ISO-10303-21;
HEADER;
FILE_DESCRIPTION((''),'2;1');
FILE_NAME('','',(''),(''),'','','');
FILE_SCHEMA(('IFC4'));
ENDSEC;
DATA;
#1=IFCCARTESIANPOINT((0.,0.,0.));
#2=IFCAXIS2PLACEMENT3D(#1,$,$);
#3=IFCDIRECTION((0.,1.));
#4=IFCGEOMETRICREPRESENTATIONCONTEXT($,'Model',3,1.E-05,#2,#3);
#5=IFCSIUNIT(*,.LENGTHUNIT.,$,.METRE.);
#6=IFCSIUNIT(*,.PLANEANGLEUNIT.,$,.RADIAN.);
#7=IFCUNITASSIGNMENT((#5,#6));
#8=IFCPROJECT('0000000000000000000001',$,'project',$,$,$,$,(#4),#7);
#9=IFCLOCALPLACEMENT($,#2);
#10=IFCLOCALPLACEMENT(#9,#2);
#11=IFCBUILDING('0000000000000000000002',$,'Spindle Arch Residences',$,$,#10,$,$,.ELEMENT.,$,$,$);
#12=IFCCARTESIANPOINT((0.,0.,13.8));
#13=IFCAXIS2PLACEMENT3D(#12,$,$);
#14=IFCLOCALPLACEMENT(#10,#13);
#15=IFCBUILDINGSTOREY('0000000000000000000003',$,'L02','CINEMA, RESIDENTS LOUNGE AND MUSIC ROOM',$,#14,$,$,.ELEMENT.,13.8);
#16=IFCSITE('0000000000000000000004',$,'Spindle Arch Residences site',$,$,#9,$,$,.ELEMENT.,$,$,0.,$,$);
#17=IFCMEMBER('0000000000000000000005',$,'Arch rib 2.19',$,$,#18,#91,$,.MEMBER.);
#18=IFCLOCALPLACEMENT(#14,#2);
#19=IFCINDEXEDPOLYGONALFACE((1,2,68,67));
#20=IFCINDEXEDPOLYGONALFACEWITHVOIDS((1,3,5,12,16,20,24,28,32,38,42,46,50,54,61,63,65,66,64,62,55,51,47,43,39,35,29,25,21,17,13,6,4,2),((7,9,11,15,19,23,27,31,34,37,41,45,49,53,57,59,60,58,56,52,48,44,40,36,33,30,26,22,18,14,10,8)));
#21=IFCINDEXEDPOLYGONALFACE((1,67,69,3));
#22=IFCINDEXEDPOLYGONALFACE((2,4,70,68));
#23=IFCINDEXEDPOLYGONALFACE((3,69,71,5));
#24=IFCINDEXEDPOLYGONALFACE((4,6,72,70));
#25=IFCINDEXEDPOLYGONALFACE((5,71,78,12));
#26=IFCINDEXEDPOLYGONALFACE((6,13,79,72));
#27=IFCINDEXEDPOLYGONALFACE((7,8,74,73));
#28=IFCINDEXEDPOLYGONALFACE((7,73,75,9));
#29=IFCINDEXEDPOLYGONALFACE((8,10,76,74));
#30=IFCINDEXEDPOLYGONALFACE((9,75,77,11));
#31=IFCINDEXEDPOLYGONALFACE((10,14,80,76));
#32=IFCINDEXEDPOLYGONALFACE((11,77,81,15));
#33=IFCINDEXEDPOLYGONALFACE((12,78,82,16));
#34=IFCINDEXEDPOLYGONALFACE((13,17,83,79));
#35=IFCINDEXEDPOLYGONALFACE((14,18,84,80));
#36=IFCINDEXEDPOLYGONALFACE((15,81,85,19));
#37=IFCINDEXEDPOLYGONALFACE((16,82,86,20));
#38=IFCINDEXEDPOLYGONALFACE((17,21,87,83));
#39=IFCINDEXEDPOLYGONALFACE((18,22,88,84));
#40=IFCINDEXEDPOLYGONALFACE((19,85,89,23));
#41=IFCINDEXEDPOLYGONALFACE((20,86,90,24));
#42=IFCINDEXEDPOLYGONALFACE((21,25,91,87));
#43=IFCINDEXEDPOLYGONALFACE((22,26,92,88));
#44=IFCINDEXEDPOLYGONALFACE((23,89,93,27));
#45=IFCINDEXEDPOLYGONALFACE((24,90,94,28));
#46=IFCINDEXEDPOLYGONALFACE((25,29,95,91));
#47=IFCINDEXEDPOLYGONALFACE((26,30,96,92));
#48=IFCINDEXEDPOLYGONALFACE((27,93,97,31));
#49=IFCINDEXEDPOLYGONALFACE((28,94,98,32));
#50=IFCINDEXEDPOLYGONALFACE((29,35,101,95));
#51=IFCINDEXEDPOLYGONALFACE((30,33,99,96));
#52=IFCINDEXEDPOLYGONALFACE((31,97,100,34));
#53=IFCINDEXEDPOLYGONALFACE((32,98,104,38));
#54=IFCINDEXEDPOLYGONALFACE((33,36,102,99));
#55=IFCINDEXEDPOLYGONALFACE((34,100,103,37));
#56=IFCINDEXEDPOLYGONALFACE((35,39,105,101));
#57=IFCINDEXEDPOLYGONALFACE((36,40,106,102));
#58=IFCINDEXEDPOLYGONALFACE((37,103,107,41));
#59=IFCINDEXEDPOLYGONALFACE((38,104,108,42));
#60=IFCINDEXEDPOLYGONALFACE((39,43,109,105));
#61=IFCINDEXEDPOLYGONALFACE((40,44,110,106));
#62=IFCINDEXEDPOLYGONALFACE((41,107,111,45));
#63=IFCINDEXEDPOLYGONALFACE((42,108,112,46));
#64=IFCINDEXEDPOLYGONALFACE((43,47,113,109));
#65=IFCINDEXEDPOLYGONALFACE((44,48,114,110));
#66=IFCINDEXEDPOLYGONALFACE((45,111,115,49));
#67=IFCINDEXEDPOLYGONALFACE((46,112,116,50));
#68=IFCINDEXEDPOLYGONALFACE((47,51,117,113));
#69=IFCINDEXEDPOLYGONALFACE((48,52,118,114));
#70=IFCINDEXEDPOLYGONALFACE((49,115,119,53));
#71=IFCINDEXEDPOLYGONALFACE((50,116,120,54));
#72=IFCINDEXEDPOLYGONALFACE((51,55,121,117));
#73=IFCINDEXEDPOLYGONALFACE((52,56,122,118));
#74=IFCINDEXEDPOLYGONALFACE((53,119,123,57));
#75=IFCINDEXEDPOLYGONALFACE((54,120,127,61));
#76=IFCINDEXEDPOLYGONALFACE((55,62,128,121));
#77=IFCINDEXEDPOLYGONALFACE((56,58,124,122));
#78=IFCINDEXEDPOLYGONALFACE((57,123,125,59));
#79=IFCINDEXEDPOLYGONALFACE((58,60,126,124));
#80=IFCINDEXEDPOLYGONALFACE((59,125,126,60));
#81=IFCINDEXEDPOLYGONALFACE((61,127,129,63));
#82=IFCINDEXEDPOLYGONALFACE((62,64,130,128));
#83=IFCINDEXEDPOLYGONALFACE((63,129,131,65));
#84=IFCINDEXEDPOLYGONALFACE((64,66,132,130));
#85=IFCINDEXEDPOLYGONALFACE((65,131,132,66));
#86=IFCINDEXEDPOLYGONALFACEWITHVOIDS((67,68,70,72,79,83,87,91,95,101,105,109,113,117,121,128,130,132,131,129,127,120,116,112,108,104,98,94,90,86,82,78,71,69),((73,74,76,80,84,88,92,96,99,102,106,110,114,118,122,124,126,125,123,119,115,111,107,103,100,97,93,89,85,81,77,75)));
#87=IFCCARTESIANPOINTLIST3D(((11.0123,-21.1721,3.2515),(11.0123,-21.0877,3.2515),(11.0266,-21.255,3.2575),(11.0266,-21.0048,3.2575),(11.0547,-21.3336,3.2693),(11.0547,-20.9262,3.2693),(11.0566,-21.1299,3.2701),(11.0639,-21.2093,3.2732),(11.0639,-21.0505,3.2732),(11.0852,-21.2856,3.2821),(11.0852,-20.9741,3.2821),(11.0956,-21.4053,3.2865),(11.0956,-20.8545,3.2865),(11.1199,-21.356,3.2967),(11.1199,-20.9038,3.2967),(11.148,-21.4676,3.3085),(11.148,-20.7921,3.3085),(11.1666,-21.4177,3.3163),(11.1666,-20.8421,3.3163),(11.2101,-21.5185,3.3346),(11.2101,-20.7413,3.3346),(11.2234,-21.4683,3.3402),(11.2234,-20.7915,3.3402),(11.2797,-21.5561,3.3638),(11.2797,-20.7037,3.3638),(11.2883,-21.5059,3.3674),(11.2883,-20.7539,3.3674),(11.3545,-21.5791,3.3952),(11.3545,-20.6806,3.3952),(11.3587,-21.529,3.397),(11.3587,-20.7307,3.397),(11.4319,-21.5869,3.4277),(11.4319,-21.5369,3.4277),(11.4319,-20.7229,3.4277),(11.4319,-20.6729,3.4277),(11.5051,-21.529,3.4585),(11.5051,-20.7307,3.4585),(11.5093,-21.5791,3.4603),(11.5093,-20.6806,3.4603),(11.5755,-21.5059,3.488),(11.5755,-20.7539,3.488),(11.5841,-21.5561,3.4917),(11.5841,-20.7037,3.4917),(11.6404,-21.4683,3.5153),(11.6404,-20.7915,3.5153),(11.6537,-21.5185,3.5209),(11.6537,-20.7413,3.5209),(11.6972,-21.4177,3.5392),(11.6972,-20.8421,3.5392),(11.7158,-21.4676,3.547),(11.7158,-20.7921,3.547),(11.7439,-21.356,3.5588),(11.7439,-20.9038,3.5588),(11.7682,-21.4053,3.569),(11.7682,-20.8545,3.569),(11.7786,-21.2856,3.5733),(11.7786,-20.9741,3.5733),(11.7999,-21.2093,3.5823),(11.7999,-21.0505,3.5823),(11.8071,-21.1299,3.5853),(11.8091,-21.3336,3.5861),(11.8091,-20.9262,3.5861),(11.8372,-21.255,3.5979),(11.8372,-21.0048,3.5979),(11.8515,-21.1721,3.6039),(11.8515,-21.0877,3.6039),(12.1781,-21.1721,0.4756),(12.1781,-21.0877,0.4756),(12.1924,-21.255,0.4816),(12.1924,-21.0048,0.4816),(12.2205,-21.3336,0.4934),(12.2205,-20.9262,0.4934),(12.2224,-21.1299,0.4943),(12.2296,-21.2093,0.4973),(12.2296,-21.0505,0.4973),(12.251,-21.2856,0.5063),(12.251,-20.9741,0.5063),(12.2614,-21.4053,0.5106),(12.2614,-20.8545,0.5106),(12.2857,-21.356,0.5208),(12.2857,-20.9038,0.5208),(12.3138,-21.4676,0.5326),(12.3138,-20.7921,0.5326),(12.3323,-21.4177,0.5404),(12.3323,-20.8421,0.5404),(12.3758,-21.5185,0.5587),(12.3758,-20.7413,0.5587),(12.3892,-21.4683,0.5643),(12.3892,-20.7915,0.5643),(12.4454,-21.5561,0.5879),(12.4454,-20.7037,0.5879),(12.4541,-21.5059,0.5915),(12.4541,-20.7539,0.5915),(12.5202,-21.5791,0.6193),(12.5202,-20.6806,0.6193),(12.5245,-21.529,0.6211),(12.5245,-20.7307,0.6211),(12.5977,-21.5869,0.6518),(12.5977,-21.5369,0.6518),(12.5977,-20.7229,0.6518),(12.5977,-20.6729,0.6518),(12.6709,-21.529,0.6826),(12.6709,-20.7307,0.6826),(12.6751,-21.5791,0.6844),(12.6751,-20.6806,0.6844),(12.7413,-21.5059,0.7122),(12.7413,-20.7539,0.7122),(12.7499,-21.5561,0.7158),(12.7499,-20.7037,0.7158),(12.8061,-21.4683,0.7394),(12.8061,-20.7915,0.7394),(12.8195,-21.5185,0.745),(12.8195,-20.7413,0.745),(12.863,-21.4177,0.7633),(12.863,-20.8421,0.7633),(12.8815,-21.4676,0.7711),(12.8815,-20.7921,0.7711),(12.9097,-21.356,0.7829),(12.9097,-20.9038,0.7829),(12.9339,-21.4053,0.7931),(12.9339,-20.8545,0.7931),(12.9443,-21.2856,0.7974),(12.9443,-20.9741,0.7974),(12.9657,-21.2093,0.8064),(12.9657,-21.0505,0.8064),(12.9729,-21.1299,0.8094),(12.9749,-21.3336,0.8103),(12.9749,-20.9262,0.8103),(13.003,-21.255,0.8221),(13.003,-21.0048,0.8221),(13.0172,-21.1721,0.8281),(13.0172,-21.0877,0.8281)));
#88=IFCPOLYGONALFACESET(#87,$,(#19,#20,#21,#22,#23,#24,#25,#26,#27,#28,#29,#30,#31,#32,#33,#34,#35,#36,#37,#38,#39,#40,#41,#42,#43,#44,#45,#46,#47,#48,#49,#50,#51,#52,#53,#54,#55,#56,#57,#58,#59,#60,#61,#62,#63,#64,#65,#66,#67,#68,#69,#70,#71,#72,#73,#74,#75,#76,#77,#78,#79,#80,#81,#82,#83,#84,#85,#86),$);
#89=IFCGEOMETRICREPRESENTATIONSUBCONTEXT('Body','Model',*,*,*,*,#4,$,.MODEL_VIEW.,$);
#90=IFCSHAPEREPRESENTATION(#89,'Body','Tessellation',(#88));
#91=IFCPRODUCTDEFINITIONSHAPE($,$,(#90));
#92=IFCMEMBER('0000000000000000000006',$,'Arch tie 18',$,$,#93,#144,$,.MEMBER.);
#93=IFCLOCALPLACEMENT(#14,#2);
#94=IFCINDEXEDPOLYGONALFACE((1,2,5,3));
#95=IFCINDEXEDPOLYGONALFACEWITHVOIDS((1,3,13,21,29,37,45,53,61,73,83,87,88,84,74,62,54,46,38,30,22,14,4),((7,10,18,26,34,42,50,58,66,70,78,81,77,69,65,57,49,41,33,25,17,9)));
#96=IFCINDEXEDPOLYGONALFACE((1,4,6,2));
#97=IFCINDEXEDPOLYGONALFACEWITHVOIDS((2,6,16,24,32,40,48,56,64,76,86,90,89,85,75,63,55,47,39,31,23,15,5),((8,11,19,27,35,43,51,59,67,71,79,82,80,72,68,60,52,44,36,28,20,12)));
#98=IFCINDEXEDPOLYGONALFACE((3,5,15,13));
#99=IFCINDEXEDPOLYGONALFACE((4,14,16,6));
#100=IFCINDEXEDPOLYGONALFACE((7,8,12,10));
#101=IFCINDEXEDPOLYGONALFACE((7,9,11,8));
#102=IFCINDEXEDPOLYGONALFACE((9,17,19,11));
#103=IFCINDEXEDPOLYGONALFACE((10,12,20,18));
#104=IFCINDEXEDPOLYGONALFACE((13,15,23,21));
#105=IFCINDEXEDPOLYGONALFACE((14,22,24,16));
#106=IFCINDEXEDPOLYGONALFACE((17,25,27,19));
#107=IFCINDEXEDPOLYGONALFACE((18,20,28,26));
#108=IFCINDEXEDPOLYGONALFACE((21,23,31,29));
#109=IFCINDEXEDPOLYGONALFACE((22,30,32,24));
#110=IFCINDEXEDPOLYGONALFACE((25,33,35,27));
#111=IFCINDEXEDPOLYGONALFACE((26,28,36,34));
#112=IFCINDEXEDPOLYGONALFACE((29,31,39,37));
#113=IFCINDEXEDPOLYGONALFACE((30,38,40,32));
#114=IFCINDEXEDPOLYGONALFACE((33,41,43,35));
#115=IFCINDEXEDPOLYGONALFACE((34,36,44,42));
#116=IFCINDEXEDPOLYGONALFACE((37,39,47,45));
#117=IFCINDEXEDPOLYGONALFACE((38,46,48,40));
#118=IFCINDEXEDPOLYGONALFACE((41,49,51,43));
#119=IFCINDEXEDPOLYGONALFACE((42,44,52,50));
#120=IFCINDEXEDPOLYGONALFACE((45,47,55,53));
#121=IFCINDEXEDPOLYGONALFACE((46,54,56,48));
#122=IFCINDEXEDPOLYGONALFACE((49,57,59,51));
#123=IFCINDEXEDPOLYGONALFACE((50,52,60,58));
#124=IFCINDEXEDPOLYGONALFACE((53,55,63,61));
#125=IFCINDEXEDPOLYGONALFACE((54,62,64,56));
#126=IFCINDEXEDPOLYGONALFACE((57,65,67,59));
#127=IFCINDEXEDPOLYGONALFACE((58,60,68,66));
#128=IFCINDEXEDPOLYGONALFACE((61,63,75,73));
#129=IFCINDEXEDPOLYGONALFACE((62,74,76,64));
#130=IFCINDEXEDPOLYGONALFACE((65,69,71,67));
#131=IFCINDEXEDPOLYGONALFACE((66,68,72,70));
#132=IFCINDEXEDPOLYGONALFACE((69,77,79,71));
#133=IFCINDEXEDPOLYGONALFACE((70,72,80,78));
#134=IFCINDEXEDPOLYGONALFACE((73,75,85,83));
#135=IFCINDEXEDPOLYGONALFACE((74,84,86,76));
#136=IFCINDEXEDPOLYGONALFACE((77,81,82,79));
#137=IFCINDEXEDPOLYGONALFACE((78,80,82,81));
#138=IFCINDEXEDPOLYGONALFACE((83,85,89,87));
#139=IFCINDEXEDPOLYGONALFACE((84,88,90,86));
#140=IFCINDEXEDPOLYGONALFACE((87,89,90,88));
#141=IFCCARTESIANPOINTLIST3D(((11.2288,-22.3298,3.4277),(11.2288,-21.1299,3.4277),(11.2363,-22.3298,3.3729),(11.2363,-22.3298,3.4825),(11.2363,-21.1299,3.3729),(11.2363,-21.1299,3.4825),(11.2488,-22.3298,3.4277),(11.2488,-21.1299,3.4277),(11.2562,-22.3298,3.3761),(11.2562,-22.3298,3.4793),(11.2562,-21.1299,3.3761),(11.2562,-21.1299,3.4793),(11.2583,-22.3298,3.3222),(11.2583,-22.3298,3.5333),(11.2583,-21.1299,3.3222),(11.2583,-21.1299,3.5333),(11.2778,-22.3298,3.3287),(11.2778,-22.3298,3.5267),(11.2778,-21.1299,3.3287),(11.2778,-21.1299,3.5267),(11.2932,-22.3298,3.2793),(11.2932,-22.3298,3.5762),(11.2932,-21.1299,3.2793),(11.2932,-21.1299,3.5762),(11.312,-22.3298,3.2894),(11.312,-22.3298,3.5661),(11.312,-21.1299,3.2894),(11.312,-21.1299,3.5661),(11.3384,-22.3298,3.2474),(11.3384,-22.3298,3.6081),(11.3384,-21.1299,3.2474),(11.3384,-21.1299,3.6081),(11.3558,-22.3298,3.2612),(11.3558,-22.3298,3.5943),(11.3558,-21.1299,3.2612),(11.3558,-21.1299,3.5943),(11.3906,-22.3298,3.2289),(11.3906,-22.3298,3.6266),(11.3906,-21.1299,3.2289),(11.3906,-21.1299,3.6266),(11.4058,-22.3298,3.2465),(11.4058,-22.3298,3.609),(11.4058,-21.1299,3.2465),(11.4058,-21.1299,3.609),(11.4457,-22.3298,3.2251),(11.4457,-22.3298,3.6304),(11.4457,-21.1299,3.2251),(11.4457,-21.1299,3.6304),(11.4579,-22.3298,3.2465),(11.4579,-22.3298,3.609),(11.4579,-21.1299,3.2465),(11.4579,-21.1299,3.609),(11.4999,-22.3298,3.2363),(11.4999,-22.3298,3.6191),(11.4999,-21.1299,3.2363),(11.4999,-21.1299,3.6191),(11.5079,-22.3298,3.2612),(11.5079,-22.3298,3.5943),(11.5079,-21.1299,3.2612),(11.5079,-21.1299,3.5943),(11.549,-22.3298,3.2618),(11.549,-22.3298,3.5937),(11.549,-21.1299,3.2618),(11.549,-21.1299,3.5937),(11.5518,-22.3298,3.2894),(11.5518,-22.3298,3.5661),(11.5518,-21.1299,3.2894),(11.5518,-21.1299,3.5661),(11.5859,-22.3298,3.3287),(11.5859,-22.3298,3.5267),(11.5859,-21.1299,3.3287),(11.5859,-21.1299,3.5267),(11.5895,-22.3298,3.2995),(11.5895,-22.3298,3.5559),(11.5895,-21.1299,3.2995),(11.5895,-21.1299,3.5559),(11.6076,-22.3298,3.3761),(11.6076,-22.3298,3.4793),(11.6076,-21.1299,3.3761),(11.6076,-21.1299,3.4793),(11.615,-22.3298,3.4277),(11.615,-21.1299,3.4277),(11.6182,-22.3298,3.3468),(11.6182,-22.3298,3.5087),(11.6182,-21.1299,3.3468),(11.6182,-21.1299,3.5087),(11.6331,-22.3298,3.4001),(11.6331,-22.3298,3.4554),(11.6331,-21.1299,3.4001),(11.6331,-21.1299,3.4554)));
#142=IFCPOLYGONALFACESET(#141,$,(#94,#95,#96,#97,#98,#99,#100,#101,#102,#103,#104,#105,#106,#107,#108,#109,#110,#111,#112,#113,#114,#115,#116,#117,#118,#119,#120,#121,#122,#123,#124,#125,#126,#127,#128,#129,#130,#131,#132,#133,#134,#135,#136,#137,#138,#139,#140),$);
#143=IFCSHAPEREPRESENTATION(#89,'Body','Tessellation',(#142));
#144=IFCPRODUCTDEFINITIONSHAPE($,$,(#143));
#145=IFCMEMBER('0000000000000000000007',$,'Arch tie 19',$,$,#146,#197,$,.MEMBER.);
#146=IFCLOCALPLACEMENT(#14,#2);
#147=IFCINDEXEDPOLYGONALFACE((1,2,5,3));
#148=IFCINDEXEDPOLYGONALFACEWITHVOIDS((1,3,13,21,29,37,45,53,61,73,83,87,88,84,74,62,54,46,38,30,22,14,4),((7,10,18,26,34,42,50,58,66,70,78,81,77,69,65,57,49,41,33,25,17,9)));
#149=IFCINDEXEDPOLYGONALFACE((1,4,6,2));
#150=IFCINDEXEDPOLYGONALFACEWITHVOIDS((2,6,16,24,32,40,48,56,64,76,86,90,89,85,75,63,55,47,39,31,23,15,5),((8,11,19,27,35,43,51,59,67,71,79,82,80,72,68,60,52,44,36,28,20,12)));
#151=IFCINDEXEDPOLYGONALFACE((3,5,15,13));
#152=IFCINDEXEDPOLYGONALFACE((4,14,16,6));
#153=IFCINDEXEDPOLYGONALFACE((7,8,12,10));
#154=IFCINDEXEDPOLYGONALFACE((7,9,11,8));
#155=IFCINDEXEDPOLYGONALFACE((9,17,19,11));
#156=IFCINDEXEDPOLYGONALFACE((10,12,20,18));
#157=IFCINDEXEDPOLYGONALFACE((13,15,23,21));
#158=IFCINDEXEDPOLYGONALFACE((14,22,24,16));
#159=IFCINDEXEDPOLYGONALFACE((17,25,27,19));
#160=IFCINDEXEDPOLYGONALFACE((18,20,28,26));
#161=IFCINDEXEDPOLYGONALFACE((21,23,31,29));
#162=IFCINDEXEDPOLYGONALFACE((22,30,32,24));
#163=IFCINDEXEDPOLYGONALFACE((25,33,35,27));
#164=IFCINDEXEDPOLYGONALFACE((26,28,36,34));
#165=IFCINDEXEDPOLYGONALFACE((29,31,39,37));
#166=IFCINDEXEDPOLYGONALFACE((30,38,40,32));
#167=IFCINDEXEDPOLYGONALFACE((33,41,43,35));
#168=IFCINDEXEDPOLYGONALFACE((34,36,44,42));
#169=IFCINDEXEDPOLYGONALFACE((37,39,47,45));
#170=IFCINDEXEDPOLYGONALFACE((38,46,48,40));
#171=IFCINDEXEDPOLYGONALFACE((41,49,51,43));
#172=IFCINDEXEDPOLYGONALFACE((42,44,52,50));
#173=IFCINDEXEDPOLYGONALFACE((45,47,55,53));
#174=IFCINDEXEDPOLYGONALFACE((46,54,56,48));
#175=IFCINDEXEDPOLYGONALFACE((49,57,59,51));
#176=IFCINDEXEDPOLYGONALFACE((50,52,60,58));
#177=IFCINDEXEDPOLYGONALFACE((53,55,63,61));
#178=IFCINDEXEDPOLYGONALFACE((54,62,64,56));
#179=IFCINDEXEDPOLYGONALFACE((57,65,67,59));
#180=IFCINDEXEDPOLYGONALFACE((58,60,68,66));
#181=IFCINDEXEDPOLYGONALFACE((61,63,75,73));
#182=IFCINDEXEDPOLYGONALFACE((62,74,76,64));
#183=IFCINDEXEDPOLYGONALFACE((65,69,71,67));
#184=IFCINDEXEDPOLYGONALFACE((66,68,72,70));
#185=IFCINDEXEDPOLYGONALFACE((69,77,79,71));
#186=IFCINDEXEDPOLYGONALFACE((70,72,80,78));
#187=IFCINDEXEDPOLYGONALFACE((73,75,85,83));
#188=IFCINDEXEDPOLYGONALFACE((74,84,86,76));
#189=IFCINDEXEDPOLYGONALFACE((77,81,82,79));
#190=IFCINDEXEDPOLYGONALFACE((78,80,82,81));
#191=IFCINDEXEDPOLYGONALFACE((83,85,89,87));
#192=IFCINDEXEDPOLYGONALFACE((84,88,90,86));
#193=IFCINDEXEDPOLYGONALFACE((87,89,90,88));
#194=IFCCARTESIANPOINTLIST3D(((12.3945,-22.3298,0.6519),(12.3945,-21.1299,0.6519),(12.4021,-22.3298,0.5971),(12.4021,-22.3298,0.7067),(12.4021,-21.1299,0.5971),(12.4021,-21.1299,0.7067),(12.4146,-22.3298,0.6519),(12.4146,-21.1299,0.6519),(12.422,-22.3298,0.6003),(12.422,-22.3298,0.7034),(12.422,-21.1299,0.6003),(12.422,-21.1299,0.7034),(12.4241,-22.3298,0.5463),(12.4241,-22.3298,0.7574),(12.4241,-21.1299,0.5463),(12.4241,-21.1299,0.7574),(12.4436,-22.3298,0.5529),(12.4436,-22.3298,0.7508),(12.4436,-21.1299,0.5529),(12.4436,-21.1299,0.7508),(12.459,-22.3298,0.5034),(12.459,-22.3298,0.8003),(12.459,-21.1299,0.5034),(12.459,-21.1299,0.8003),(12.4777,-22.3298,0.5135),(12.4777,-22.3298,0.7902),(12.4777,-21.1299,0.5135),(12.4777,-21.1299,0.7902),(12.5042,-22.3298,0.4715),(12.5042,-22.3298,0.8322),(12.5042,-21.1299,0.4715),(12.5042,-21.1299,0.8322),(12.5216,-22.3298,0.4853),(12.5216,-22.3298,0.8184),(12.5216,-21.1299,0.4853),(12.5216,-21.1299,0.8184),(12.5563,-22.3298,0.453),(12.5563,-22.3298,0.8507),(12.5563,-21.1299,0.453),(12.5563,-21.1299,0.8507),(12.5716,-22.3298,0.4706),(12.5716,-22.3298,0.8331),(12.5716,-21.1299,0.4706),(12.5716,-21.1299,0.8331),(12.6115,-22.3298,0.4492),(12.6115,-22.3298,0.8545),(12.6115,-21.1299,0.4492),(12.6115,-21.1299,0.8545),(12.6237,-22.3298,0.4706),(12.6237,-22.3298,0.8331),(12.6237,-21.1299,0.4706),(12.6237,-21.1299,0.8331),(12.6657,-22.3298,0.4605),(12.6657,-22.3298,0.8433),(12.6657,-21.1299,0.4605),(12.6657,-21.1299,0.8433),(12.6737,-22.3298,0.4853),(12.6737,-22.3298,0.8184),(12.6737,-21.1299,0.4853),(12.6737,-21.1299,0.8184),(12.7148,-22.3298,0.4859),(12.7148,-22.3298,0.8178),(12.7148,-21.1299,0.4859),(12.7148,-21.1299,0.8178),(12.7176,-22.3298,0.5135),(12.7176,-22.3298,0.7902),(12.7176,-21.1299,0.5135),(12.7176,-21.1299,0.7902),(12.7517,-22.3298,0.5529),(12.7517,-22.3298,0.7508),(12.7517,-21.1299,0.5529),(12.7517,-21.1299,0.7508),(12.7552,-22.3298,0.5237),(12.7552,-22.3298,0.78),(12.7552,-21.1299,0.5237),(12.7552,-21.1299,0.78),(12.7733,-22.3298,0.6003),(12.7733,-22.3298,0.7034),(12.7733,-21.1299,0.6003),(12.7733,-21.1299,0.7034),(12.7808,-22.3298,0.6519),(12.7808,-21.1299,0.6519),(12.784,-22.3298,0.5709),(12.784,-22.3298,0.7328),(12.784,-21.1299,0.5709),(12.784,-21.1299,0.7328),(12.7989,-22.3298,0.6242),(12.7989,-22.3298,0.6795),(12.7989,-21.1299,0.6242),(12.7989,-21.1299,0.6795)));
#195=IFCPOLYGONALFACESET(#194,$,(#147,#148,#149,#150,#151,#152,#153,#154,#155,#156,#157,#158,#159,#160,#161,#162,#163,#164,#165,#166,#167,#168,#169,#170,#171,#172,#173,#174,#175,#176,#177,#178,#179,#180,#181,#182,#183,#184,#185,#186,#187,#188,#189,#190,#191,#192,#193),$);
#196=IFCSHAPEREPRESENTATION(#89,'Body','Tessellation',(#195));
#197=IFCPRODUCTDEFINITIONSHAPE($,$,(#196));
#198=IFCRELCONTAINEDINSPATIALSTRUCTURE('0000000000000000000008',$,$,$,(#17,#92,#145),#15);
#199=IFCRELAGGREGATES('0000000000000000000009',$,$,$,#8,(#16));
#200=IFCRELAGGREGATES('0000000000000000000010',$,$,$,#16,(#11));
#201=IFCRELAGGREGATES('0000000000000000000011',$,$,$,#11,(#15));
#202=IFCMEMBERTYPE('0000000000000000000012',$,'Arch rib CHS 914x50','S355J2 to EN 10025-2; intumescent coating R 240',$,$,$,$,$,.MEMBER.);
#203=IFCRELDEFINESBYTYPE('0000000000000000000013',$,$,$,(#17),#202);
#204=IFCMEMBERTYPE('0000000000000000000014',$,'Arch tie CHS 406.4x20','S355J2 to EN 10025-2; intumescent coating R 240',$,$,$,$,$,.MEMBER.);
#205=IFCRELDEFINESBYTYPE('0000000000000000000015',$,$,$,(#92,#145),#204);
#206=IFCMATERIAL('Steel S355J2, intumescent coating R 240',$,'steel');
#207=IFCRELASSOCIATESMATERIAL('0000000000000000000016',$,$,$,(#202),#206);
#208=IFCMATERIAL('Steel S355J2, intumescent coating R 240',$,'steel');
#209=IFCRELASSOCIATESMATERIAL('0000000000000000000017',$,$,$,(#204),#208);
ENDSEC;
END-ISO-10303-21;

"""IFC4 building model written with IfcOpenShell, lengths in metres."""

from ifc_helpers import new_model, si_unit, direction, frame, origin, origin_2d, place, context, subcontext, project, spatial, hollow_circle, extrude, material, material_profile, profile_set, type_object, element, save


model = new_model("IFC4")

# Units and contexts
model_context = context("Model", 3, precision=1e-05, world=origin(), true_north=direction((0.0, 1.0)))
body_context = subcontext(model_context, "Body", "Model", "MODEL_VIEW")
ifc_project = project(units=[si_unit("LENGTHUNIT", "METRE"), si_unit("PLANEANGLEUNIT", "RADIAN")], contexts=[model_context])

# Site, building, storey
site_placement = place(None, origin())
site = spatial("IfcSite", under=ifc_project, at=site_placement, Name="Spindle Arch Residences site", CompositionType="ELEMENT", RefElevation=0.0)
building_placement = place(site_placement, origin())
building = spatial("IfcBuilding", under=site, at=building_placement, Name="Spindle Arch Residences", CompositionType="ELEMENT")
storey_placement = place(building_placement, frame((0.0, 0.0, 13.8)))
storey = spatial("IfcBuildingStorey", under=building, at=storey_placement, Name="L02", Description="CINEMA, RESIDENTS LOUNGE AND MUSIC ROOM", CompositionType="ELEMENT", Elevation=13.8)

# Members
ifc_material_1 = material(Name="Steel S355J2, intumescent coating R 240", Category="steel")
ifc_material_profile_1 = material_profile(ifc_material_1, hollow_circle(Radius=0.457, WallThickness=0.05, at=origin_2d()), Name="CHS 914x50")
ifc_profile_set_1 = profile_set([ifc_material_profile_1], Name="Steel S355J2, intumescent coating R 240")
member_type_1 = type_object("IfcMemberType", Name="Arch rib CHS 914x50", Description="S355J2 to EN 10025-2; intumescent coating R 240", PredefinedType="MEMBER", material=ifc_profile_set_1)
member_1_placement = place(storey_placement, frame((11.4319, -21.1299, 3.4277), z_axis=(0.387205, 0.0, -0.921994), x_axis=(0.0, 1.0, 0.0)))
element("IfcMember", 1, at=member_1_placement, inside=storey, type_object=member_type_1, Name="Arch rib 2.19", PredefinedType="MEMBER", context=body_context, shape_type="SweptSolid", body=[
    extrude(hollow_circle(Radius=0.457, WallThickness=0.05, at=origin_2d()), origin(), (0.0, 0.0, 1.0), 3.0107),
])
ifc_material_2 = material(Name="Steel S355J2, intumescent coating R 240", Category="steel")
ifc_material_profile_2 = material_profile(ifc_material_2, hollow_circle(Radius=0.2031, WallThickness=0.02, at=origin_2d()), Name="CHS 406.4x20")
ifc_profile_set_2 = profile_set([ifc_material_profile_2], Name="Steel S355J2, intumescent coating R 240")
member_type_2 = type_object("IfcMemberType", Name="Arch tie CHS 406.4x20", Description="S355J2 to EN 10025-2; intumescent coating R 240", PredefinedType="MEMBER", material=ifc_profile_set_2)
for number, where, z_axis, x_axis, name in (
    (2, (11.4319, -22.3298, 3.4277), (0.0, 1.0, 0.0), (-1.0, 0.0, 0.0), "Arch tie 18"),
    (3, (12.5977, -22.3298, 0.6519), (0.0, 1.0, 0.0), (-1.0, 0.0, 0.0), "Arch tie 19"),
):
    element("IfcMember", number, at=place(storey_placement, frame(where, z_axis=z_axis, x_axis=x_axis)), inside=storey, type_object=member_type_2, Name=name, PredefinedType="MEMBER", context=body_context, shape_type="SweptSolid", body=[
        extrude(hollow_circle(Radius=0.2031, WallThickness=0.02, at=origin_2d()), origin(), (0.0, 0.0, 1.0), 1.2),
    ])

save(model, "model.ifc")
